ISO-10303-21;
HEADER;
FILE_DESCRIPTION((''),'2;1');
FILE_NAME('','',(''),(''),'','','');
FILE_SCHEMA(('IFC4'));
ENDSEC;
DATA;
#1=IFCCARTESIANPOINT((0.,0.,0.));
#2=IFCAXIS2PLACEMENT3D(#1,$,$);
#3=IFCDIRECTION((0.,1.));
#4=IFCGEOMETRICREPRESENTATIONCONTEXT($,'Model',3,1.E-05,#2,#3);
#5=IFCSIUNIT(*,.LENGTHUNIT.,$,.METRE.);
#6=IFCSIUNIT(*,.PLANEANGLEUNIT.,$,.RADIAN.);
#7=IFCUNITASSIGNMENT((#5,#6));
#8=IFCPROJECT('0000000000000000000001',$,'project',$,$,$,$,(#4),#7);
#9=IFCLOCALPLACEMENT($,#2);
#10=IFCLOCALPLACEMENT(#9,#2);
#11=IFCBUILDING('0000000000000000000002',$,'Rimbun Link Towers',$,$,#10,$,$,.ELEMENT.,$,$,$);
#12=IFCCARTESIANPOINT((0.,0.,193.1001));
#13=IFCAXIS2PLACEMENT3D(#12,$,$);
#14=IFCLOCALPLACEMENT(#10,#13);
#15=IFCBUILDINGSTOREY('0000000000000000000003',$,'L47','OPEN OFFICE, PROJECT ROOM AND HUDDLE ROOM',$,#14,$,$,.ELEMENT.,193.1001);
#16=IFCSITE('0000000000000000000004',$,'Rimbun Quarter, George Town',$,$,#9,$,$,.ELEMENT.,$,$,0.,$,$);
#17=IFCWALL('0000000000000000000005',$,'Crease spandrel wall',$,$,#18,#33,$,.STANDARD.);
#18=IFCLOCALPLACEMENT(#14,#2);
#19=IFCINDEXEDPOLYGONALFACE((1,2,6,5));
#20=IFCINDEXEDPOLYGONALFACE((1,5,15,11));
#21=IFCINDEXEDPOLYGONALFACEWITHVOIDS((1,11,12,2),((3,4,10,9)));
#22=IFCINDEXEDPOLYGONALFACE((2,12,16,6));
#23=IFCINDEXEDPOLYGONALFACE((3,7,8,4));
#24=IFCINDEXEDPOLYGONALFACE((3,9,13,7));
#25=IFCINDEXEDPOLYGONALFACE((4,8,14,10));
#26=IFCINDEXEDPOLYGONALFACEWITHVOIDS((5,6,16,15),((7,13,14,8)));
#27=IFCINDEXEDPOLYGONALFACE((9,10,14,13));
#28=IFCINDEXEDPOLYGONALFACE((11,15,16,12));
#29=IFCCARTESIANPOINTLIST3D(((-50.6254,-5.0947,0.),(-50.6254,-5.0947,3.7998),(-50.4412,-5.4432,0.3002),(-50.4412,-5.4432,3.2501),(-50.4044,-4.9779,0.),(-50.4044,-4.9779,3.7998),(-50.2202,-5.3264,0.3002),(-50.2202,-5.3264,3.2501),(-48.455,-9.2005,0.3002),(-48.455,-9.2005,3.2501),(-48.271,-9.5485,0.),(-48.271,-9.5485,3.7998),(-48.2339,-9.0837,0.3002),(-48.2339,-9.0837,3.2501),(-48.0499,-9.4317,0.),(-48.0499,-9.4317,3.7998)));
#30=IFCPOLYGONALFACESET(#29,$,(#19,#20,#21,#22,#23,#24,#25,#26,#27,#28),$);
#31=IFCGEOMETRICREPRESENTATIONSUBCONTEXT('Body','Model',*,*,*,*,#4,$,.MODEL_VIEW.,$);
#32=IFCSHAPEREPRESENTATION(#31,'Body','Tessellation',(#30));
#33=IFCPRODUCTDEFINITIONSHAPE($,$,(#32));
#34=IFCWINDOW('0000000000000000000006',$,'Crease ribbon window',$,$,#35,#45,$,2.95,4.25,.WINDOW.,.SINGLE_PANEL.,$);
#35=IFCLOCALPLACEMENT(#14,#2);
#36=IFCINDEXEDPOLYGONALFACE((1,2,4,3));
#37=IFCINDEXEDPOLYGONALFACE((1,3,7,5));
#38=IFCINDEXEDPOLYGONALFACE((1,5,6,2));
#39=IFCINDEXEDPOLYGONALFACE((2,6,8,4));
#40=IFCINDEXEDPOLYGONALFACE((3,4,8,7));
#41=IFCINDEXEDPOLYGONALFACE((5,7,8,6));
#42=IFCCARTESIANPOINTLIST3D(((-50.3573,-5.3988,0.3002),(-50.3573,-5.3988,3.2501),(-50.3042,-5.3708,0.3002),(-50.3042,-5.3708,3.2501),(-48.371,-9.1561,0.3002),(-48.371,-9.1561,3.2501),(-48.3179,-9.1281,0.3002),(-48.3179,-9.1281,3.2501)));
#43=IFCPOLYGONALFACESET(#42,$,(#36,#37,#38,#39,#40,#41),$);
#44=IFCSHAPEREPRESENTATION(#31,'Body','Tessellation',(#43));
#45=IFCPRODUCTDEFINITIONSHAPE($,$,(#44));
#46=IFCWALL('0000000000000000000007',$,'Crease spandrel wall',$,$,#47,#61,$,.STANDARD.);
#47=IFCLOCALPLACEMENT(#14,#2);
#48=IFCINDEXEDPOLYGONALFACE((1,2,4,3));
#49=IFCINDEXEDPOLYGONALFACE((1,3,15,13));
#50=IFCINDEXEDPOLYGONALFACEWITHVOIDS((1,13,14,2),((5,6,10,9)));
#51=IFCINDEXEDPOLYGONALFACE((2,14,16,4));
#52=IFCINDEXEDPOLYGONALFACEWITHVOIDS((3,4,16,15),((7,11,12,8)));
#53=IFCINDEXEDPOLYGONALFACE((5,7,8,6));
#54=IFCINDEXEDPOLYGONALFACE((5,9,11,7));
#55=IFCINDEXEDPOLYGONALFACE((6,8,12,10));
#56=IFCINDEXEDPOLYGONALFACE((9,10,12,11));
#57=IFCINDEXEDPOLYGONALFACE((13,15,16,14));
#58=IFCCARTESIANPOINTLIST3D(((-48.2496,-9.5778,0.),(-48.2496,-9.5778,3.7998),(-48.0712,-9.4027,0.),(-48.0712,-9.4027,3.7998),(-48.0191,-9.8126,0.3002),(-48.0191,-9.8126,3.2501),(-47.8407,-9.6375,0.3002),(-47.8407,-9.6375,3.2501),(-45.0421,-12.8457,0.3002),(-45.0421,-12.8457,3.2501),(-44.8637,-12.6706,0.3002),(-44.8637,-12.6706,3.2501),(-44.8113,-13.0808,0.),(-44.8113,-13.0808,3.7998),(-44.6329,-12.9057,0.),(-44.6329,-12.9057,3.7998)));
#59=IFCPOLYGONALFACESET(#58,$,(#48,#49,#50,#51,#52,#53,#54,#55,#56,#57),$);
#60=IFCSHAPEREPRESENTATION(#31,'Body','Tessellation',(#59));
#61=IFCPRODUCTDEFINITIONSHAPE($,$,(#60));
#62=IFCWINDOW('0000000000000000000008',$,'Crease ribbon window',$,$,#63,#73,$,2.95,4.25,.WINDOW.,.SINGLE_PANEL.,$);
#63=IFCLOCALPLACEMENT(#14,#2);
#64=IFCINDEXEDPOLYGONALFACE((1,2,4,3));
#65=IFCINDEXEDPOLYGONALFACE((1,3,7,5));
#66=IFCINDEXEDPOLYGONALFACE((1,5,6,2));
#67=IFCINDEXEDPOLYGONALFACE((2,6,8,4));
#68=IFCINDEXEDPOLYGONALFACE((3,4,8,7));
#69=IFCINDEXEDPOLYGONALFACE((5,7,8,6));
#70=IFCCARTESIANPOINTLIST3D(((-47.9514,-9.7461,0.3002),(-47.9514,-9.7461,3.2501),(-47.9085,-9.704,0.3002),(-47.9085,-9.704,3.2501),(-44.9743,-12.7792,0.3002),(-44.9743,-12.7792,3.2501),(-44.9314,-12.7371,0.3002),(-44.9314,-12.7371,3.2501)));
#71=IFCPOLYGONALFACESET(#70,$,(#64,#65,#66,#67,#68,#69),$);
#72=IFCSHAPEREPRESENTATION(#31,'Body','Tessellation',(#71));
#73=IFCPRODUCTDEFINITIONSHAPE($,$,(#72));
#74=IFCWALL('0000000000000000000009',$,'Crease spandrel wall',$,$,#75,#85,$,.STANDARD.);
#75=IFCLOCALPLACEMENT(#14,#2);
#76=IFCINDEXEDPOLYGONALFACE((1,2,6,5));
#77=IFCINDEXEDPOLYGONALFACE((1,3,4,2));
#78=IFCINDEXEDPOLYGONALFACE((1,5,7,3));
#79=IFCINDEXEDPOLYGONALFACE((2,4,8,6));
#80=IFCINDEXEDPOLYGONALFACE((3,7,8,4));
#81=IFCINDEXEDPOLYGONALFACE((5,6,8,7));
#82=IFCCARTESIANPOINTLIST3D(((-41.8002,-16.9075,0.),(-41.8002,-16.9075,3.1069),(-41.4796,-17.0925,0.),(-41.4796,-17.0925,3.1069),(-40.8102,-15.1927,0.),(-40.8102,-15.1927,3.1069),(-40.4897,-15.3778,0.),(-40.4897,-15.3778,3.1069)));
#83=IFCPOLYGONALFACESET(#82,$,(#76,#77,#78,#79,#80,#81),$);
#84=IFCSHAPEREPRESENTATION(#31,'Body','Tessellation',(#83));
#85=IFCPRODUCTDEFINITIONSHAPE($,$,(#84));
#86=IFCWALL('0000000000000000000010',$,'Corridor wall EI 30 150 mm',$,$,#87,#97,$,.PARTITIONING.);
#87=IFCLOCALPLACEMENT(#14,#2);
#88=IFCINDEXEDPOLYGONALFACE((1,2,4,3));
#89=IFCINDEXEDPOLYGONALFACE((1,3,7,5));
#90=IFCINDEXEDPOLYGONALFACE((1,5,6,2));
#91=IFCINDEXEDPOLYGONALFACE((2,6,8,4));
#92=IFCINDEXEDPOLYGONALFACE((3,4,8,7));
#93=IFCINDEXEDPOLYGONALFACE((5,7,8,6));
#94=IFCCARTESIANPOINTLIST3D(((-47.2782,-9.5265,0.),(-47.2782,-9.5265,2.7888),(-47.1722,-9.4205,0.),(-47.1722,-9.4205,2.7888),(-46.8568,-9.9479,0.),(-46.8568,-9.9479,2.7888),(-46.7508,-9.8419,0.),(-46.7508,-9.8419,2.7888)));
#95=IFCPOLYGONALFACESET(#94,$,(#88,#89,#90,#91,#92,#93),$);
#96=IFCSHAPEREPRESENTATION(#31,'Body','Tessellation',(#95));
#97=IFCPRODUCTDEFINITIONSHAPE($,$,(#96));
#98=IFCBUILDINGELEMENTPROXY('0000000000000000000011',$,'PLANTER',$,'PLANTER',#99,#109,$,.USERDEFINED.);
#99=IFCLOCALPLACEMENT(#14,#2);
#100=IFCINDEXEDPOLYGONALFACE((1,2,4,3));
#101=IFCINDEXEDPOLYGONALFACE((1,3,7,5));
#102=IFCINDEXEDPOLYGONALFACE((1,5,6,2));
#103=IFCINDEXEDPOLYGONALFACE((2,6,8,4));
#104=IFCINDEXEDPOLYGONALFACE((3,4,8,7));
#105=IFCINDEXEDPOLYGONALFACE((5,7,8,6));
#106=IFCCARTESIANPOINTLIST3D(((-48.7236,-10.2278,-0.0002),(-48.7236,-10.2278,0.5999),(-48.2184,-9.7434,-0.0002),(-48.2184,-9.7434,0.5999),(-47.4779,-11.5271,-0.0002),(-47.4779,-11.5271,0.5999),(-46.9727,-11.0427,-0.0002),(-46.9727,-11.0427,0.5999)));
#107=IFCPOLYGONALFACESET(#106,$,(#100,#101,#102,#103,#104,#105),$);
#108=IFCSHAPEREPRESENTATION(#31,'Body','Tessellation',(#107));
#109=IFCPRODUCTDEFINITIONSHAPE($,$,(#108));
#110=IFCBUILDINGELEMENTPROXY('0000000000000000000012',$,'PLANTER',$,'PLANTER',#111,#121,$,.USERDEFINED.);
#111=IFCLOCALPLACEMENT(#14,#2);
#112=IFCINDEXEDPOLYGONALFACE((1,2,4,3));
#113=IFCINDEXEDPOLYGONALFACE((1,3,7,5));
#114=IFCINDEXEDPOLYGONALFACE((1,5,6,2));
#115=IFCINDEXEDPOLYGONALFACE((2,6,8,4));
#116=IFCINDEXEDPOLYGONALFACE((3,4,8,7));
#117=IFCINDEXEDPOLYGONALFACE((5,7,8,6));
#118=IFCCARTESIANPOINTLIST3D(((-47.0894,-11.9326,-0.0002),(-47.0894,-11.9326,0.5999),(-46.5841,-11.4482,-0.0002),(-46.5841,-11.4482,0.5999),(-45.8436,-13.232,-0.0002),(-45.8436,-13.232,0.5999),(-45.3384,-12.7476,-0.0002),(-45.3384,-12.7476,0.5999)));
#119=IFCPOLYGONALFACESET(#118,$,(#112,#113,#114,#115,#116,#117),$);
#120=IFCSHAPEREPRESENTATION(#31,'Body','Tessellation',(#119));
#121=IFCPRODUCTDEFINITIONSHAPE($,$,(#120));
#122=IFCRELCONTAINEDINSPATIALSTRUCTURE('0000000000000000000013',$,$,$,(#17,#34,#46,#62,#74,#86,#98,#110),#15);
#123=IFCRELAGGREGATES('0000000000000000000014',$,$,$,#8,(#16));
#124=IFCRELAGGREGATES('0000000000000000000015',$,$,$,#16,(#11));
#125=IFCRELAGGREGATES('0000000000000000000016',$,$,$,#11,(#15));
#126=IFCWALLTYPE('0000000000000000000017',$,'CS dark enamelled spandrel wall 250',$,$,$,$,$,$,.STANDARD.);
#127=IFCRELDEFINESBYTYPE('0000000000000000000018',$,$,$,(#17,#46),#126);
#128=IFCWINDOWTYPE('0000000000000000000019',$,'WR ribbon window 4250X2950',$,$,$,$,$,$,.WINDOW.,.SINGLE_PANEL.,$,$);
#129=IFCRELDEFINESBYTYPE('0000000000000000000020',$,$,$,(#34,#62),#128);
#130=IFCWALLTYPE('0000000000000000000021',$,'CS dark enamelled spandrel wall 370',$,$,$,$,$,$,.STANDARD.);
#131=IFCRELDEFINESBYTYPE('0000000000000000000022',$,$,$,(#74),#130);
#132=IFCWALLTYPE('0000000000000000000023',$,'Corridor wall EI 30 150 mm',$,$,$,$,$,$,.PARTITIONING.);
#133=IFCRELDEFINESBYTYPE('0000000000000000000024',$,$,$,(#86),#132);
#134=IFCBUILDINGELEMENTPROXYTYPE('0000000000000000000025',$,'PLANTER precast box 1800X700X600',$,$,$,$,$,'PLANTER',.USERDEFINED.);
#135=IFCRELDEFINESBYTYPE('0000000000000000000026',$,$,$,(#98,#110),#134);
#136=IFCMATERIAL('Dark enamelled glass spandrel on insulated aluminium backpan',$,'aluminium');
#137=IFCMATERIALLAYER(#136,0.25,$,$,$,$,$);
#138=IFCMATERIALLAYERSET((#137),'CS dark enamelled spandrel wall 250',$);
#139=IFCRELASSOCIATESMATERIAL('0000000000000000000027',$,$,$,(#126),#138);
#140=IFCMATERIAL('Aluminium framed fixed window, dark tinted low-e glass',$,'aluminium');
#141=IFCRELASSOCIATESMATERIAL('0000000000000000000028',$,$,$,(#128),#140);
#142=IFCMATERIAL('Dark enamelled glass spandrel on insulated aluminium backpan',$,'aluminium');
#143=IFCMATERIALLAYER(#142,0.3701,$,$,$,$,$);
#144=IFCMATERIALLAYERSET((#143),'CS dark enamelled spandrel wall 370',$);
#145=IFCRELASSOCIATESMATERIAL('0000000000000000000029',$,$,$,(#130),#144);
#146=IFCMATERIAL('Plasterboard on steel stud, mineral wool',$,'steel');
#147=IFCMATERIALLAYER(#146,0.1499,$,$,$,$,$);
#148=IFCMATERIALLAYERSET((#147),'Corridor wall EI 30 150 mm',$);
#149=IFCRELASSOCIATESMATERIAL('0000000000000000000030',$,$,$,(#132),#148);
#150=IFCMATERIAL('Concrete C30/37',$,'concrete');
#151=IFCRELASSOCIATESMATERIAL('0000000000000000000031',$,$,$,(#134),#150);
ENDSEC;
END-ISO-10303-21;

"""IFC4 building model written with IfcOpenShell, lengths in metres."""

from ifc_helpers import new_model, si_unit, direction, frame, frame_2d, origin, origin_2d, place, context, subcontext, project, spatial, rectangle, extrude, material, layer, layer_set, type_object, element, fill, save


model = new_model("IFC4")

# Units and contexts
model_context = context("Model", 3, precision=1e-05, world=origin(), true_north=direction((0.0, 1.0)))
body_context = subcontext(model_context, "Body", "Model", "MODEL_VIEW")
ifc_project = project(units=[si_unit("LENGTHUNIT", "METRE"), si_unit("PLANEANGLEUNIT", "RADIAN")], contexts=[model_context])

# Site, building, storey
site_placement = place(None, origin())
site = spatial("IfcSite", under=ifc_project, at=site_placement, Name="Rimbun Quarter, George Town", CompositionType="ELEMENT", RefElevation=0.0)
building_placement = place(site_placement, origin())
building = spatial("IfcBuilding", under=site, at=building_placement, Name="Rimbun Link Towers", CompositionType="ELEMENT")
storey_placement = place(building_placement, frame((0.0, 0.0, 193.1001)))
storey = spatial("IfcBuildingStorey", under=building, at=storey_placement, Name="L47", Description="OPEN OFFICE, PROJECT ROOM AND HUDDLE ROOM", CompositionType="ELEMENT", Elevation=193.1001)

# Walls, openings, windows
ifc_material_1 = material(Name="Dark enamelled glass spandrel on insulated aluminium backpan", Category="aluminium")
ifc_layer_1 = layer(ifc_material_1, 0.25)
ifc_layer_set_1 = layer_set([ifc_layer_1], Name="CS dark enamelled spandrel wall 250")
wall_type_1 = type_object("IfcWallType", Name="CS dark enamelled spandrel wall 250", PredefinedType="STANDARD", material=ifc_layer_set_1)
wall_1_placement = place(storey_placement, frame((-48.1604, -9.4902, 0.0), z_axis=(0.0, 0.0, 1.0), x_axis=(-0.467355, 0.884069, 0.0)))
wall_1 = element("IfcWall", 1, at=wall_1_placement, inside=storey, type_object=wall_type_1, Name="Crease spandrel wall", PredefinedType="STANDARD", context=body_context, shape_type="SweptSolid", body=[
    extrude(rectangle(XDim=5.0378, YDim=0.25, at=frame_2d((2.519, 0.0))), origin(), (0.0, 0.0, 1.0), 3.7998),
])
opening_1_placement = place(wall_1_placement, frame((0.3938, 0.0, 0.3)))
opening_1 = element("IfcOpeningElement", 2, at=opening_1_placement, cuts=wall_1, PredefinedType="OPENING", context=body_context, shape_type="SweptSolid", body=[
    extrude(rectangle(XDim=4.25, YDim=2.95, at=frame_2d((2.125, 1.4751))), frame((0.0, 0.135, 0.0), z_axis=(0.0, -1.0, 0.0), x_axis=(1.0, 0.0, 0.0)), (0.0, 0.0, 1.0), 0.27),
])
ifc_material_2 = material(Name="Aluminium framed fixed window, dark tinted low-e glass", Category="aluminium")
window_type = type_object("IfcWindowType", Name="WR ribbon window 4250X2950", PartitioningType="SINGLE_PANEL", PredefinedType="WINDOW", material=ifc_material_2)
window_1_placement = place(opening_1_placement, origin())
window_1 = element("IfcWindow", 3, at=window_1_placement, inside=storey, type_object=window_type, Name="Crease ribbon window", OverallHeight=2.95, OverallWidth=4.25, PartitioningType="SINGLE_PANEL", PredefinedType="WINDOW", context=body_context, shape_type="SweptSolid", body=[
    extrude(rectangle(XDim=4.25, YDim=2.95, at=frame_2d((2.125, 1.4751))), frame((0.0, 0.03, 0.0), z_axis=(0.0, -1.0, 0.0), x_axis=(1.0, 0.0, 0.0)), (0.0, 0.0, 1.0), 0.0601),
])
fill(opening_1, window_1)
wall_2_placement = place(storey_placement, frame((-44.7222, -12.9932, 0.0), z_axis=(0.0, 0.0, 1.0), x_axis=(-0.700486, 0.713667, 0.0)))
wall_2 = element("IfcWall", 4, at=wall_2_placement, inside=storey, type_object=wall_type_1, Name="Crease spandrel wall", PredefinedType="STANDARD", context=body_context, shape_type="SweptSolid", body=[
    extrude(rectangle(XDim=4.9084, YDim=0.25, at=frame_2d((2.4541, 0.0))), origin(), (0.0, 0.0, 1.0), 3.7998),
])
opening_2_placement = place(wall_2_placement, frame((0.3293, 0.0, 0.3)))
opening_2 = element("IfcOpeningElement", 5, at=opening_2_placement, cuts=wall_2, PredefinedType="OPENING", context=body_context, shape_type="SweptSolid", body=[
    extrude(rectangle(XDim=4.25, YDim=2.95, at=frame_2d((2.125, 1.4751))), frame((0.0, 0.135, 0.0), z_axis=(0.0, -1.0, 0.0), x_axis=(1.0, 0.0, 0.0)), (0.0, 0.0, 1.0), 0.27),
])
window_2_placement = place(opening_2_placement, origin())
window_2 = element("IfcWindow", 6, at=window_2_placement, inside=storey, type_object=window_type, Name="Crease ribbon window", OverallHeight=2.95, OverallWidth=4.25, PartitioningType="SINGLE_PANEL", PredefinedType="WINDOW", context=body_context, shape_type="SweptSolid", body=[
    extrude(rectangle(XDim=4.25, YDim=2.95, at=frame_2d((2.125, 1.4751))), frame((0.0, 0.03, 0.0), z_axis=(0.0, -1.0, 0.0), x_axis=(1.0, 0.0, 0.0)), (0.0, 0.0, 1.0), 0.0601),
])
fill(opening_2, window_2)

# Walls
ifc_material_3 = material(Name="Dark enamelled glass spandrel on insulated aluminium backpan", Category="aluminium")
ifc_layer_2 = layer(ifc_material_3, 0.3701)
ifc_layer_set_2 = layer_set([ifc_layer_2], Name="CS dark enamelled spandrel wall 370")
wall_type_2 = type_object("IfcWallType", Name="CS dark enamelled spandrel wall 370", PredefinedType="STANDARD", material=ifc_layer_set_2)
wall_3_placement = place(storey_placement, frame((-41.6399, -17.0, 0.0), z_axis=(0.0, 0.0, 1.0), x_axis=(0.499971, 0.866042, 0.0)))
element("IfcWall", 7, at=wall_3_placement, inside=storey, type_object=wall_type_2, Name="Crease spandrel wall", PredefinedType="STANDARD", context=body_context, shape_type="SweptSolid", body=[
    extrude(rectangle(XDim=1.98, YDim=0.3701, at=frame_2d((0.99, 0.0))), origin(), (0.0, 0.0, 1.0), 3.1069),
])
ifc_material_4 = material(Name="Plasterboard on steel stud, mineral wool", Category="steel")
ifc_layer_3 = layer(ifc_material_4, 0.1499)
ifc_layer_set_3 = layer_set([ifc_layer_3], Name="Corridor wall EI 30 150 mm")
wall_type_3 = type_object("IfcWallType", Name="Corridor wall EI 30 150 mm", PredefinedType="PARTITIONING", material=ifc_layer_set_3)
wall_4_placement = place(storey_placement, frame((-47.2251, -9.4736, 0.0), z_axis=(0.0, 0.0, 1.0), x_axis=(0.707107, -0.707107, 0.0)))
element("IfcWall", 8, at=wall_4_placement, inside=storey, type_object=wall_type_3, Name="Corridor wall EI 30 150 mm", PredefinedType="PARTITIONING", context=body_context, shape_type="SweptSolid", body=[
    extrude(rectangle(XDim=0.5959, YDim=0.1499, at=frame_2d((0.2979, 0.0))), origin(), (0.0, 0.0, 1.0), 2.7888),
])

# Building element proxies
ifc_material_5 = material(Name="Concrete C30/37", Category="concrete")
building_element_proxy_type = type_object("IfcBuildingElementProxyType", Name="PLANTER precast box 1800X700X600", ElementType="PLANTER", PredefinedType="USERDEFINED", material=ifc_material_5)
for number, where, z_axis, x_axis, name in (
    (9, (-47.8481, -10.6353, -0.0002), (0.0, 0.0, 1.0), (0.692041, -0.721859, 0.0), "PLANTER"),
    (10, (-46.2139, -12.3401, -0.0002), (0.0, 0.0, 1.0), (0.692041, -0.721859, 0.0), "PLANTER"),
):
    element("IfcBuildingElementProxy", number, at=place(storey_placement, frame(where, z_axis=z_axis, x_axis=x_axis)), inside=storey, type_object=building_element_proxy_type, Name=name, ObjectType="PLANTER", PredefinedType="USERDEFINED", context=body_context, shape_type="SweptSolid", body=[
        extrude(rectangle(XDim=1.8, YDim=0.7, at=origin_2d()), origin(), (0.0, 0.0, 1.0), 0.6001),
    ])

save(model, "model.ifc")
